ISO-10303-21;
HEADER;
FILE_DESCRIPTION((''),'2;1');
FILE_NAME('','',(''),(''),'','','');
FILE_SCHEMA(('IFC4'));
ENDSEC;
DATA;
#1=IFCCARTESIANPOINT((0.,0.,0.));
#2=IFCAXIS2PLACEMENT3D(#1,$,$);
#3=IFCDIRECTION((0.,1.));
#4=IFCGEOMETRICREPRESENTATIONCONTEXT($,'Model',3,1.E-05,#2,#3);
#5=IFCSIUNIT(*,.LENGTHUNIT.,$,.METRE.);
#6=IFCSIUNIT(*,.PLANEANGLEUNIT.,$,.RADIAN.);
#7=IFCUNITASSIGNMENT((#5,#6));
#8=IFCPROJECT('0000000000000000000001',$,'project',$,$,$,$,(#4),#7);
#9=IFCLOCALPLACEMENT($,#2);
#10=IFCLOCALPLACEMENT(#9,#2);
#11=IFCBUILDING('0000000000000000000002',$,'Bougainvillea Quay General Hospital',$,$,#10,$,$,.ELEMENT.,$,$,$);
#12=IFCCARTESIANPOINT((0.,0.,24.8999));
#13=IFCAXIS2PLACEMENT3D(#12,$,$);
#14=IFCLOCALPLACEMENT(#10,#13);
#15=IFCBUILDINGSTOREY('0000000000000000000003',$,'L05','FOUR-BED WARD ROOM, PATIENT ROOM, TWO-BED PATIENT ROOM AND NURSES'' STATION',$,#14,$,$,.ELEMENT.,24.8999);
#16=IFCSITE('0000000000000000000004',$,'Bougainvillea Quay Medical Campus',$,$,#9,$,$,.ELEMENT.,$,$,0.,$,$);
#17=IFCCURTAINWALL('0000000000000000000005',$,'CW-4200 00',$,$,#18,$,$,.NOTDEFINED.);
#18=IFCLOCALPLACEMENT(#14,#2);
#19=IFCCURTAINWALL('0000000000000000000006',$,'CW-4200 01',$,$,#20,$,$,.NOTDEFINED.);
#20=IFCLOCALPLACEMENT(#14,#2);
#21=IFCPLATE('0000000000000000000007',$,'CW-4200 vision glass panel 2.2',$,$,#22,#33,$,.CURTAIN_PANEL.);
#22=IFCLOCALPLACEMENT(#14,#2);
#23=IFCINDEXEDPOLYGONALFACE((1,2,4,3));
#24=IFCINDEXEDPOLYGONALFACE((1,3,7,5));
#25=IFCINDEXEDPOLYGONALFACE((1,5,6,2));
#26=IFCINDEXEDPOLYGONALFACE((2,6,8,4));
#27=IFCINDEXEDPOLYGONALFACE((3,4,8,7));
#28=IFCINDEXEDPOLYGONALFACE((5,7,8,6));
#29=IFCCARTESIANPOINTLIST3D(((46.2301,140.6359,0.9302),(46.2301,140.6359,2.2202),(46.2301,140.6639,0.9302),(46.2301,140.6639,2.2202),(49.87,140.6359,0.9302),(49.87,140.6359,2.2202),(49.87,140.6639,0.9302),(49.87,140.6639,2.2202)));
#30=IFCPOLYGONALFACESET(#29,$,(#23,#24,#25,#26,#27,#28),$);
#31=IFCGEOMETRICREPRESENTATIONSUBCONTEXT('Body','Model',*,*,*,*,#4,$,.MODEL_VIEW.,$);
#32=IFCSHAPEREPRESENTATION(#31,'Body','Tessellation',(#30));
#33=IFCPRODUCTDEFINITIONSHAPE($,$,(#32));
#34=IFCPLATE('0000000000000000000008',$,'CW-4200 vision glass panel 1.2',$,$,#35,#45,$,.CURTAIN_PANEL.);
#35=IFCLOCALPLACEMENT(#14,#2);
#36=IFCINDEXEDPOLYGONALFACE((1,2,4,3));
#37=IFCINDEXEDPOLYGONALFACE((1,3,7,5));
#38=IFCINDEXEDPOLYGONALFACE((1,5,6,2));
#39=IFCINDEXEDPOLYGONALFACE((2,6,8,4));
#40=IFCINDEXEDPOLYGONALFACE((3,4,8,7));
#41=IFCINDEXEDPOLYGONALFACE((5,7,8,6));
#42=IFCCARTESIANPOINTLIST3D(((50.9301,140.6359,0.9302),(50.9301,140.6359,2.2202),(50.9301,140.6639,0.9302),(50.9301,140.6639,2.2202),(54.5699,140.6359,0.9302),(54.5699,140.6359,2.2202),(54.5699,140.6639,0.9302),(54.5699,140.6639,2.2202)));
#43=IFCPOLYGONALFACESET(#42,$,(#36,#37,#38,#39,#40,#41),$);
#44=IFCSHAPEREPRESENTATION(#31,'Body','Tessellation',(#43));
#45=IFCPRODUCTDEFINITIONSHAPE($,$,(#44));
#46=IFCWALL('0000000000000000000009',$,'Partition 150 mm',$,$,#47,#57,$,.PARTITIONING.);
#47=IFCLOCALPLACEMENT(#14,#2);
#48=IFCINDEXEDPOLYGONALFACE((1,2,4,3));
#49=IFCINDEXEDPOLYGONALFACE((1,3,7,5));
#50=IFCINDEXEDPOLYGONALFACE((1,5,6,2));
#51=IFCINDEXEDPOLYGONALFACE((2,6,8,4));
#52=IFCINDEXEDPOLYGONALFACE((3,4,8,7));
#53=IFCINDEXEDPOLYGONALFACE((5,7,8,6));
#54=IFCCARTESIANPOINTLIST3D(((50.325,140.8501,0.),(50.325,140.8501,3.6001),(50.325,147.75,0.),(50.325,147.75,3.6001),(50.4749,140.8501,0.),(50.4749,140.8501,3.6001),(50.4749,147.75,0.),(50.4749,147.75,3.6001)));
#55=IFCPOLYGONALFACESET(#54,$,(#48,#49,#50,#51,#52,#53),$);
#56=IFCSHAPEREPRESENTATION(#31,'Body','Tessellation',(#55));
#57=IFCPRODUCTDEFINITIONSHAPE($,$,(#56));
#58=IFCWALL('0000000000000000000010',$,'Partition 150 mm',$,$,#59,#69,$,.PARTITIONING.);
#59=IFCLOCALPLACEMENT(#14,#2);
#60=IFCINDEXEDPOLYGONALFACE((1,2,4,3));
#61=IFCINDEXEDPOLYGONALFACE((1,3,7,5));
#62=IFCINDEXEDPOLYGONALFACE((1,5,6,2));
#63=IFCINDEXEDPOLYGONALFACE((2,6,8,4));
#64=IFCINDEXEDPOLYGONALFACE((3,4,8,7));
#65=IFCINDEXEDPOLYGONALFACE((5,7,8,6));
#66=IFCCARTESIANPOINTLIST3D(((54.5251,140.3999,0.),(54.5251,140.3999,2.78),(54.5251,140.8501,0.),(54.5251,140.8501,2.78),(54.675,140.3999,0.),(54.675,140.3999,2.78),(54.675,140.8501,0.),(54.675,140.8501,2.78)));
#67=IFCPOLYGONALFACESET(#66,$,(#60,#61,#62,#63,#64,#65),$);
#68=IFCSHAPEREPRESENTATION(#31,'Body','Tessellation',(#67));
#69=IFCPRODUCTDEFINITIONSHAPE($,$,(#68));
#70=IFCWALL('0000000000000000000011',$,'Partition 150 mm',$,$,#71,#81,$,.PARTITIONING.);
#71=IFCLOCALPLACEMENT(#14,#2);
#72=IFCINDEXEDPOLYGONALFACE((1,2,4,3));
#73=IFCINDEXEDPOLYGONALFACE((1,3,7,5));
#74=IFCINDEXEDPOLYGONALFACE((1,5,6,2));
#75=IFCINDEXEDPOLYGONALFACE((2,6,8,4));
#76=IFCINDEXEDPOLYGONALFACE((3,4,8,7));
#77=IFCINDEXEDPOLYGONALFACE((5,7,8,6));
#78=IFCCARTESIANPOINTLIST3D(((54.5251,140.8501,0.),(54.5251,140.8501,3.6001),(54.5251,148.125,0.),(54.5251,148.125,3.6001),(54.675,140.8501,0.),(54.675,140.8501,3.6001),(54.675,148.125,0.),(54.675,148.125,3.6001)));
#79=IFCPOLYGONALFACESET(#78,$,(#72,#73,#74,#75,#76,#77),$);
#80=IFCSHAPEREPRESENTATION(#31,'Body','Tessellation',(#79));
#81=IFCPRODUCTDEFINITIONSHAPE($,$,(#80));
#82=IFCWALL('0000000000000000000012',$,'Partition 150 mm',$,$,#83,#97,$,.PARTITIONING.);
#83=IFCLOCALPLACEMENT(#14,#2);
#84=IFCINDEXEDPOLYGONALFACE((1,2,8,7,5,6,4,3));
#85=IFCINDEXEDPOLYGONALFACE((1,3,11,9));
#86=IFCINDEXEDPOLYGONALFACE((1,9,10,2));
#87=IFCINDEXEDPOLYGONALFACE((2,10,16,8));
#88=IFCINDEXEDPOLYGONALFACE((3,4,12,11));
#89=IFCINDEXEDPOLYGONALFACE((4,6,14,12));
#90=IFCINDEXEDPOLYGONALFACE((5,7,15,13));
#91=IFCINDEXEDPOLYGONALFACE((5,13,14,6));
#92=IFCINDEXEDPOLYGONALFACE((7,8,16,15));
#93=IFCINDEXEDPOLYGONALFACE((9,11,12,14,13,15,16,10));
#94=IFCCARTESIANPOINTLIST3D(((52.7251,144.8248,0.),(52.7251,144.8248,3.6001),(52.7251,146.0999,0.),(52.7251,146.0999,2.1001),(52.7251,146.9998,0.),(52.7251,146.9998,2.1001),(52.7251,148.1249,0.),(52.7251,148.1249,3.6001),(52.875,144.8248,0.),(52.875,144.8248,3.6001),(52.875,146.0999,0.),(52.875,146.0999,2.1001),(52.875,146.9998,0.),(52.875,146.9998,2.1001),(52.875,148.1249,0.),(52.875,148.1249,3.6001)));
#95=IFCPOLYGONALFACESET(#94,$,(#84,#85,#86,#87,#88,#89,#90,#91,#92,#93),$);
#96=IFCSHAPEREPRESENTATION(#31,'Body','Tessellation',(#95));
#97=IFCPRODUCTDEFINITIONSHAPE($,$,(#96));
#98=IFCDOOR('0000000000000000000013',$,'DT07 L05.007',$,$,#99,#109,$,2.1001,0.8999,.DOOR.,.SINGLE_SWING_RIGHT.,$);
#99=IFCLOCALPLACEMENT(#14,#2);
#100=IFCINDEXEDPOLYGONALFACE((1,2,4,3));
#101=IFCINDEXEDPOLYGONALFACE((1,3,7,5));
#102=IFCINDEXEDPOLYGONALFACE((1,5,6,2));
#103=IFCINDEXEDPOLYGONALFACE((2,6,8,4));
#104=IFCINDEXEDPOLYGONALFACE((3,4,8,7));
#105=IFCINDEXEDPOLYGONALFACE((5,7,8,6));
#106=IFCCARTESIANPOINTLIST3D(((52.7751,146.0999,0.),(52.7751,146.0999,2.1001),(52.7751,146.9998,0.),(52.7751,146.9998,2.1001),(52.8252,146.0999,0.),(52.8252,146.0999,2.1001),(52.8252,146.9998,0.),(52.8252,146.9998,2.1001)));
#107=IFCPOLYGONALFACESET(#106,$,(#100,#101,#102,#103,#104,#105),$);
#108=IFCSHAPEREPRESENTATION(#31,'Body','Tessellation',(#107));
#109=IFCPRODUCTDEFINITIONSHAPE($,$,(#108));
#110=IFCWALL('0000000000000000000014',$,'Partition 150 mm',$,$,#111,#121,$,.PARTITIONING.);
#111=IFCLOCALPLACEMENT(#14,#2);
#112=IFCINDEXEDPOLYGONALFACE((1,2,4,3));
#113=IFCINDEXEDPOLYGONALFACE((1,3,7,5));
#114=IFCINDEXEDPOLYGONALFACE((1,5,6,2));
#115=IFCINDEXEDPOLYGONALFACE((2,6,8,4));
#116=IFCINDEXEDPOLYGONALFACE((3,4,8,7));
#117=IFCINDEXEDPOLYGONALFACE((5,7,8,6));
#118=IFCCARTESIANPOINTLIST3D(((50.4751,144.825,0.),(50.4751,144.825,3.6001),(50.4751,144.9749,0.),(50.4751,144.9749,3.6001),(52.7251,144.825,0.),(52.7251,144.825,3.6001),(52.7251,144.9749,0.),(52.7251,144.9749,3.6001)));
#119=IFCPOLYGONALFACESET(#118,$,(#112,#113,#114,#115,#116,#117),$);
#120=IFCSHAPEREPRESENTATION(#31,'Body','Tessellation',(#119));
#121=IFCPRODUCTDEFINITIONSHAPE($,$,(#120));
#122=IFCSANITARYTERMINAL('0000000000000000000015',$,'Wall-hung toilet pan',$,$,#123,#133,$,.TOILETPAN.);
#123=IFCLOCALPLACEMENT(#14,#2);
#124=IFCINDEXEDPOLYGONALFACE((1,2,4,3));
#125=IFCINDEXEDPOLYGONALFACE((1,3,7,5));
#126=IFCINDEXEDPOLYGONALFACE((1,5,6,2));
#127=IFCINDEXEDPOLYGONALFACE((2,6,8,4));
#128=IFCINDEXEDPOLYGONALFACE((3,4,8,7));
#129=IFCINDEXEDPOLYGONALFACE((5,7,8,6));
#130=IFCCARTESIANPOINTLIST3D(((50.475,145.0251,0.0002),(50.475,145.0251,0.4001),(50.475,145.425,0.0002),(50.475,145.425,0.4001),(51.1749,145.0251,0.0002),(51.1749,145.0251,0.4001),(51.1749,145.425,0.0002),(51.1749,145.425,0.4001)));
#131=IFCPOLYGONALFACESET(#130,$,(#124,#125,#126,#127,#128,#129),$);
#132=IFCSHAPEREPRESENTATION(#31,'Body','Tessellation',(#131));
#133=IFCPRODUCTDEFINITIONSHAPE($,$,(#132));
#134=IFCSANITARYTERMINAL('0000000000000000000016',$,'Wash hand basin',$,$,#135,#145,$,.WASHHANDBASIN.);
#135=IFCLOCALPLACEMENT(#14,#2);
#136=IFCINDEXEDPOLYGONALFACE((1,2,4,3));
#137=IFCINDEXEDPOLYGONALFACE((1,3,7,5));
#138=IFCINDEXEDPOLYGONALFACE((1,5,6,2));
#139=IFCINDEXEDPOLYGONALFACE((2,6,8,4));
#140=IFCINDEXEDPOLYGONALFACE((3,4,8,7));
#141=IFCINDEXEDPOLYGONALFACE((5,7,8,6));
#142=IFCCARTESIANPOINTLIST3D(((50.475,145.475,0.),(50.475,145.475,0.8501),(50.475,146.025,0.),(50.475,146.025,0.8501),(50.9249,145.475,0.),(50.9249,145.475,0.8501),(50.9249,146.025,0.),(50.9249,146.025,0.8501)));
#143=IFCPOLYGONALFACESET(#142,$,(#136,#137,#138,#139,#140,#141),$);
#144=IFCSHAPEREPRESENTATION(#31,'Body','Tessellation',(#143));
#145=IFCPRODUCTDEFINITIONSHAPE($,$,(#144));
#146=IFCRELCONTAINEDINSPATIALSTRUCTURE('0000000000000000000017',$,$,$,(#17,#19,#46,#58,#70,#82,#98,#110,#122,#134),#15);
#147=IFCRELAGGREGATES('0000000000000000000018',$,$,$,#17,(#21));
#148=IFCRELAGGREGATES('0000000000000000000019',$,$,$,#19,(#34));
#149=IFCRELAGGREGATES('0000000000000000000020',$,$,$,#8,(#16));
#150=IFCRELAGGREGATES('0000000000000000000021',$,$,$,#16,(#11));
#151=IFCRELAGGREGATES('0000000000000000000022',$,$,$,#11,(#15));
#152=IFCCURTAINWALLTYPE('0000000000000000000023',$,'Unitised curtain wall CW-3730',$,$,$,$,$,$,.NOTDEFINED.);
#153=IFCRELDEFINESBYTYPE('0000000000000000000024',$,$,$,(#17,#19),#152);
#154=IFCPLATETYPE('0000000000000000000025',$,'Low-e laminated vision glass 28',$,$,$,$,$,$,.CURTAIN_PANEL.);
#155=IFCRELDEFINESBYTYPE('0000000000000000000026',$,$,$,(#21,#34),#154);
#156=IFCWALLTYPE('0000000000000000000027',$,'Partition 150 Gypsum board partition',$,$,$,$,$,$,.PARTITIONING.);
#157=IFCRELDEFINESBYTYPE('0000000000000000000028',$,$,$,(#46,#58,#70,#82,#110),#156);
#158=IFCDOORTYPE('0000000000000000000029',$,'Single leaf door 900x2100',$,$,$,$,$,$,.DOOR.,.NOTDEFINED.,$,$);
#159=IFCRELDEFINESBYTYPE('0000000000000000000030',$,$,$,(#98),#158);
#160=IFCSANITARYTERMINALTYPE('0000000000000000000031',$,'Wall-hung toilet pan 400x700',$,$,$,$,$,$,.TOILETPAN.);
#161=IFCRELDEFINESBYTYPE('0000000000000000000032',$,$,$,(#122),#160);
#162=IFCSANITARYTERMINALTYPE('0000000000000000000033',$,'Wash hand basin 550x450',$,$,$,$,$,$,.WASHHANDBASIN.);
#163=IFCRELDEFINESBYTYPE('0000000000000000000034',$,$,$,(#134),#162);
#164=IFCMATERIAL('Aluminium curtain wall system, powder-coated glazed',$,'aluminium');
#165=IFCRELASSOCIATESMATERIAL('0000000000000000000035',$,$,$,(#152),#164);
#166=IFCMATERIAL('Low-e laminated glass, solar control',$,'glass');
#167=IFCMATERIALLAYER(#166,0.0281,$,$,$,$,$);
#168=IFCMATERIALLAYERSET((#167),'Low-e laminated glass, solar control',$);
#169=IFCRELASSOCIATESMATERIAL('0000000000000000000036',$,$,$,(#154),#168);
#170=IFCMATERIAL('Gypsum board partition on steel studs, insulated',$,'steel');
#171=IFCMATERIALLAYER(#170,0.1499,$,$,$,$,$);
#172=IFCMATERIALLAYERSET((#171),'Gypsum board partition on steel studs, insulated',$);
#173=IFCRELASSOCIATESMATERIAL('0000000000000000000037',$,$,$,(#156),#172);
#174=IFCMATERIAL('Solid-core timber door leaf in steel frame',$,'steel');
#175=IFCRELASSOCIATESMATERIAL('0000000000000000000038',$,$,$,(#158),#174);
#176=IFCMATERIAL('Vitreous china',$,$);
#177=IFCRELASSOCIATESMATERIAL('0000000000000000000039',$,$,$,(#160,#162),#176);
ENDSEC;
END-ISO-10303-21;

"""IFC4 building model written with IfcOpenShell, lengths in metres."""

from ifc_helpers import new_model, si_unit, direction, frame, frame_2d, origin, origin_2d, place, context, subcontext, project, spatial, rectangle, extrude, material, layer, layer_set, type_object, element, fill, aggregate, save


model = new_model("IFC4")

# Units and contexts
model_context = context("Model", 3, precision=1e-05, world=origin(), true_north=direction((0.0, 1.0)))
body_context = subcontext(model_context, "Body", "Model", "MODEL_VIEW")
ifc_project = project(units=[si_unit("LENGTHUNIT", "METRE"), si_unit("PLANEANGLEUNIT", "RADIAN")], contexts=[model_context])

# Site, building, storey
site_placement = place(None, origin())
site = spatial("IfcSite", under=ifc_project, at=site_placement, Name="Bougainvillea Quay Medical Campus", CompositionType="ELEMENT", RefElevation=0.0)
building_placement = place(site_placement, origin())
building = spatial("IfcBuilding", under=site, at=building_placement, Name="Bougainvillea Quay General Hospital", CompositionType="ELEMENT")
storey_placement = place(building_placement, frame((0.0, 0.0, 24.8999)))
storey = spatial("IfcBuildingStorey", under=building, at=storey_placement, Name="L05", Description="FOUR-BED WARD ROOM, PATIENT ROOM, TWO-BED PATIENT ROOM AND NURSES' STATION", CompositionType="ELEMENT", Elevation=24.8999)

# Curtain wall
ifc_material_1 = material(Name="Aluminium curtain wall system, powder-coated glazed", Category="aluminium")
curtain_wall_type = type_object("IfcCurtainWallType", Name="Unitised curtain wall CW-3730", PredefinedType="NOTDEFINED", material=ifc_material_1)
curtain_wall_1_placement = place(storey_placement, origin())
curtain_wall_1 = element("IfcCurtainWall", 1, at=curtain_wall_1_placement, inside=storey, type_object=curtain_wall_type, Name="CW-4200 00", PredefinedType="NOTDEFINED")

# Curtain wall
curtain_wall_2_placement = place(storey_placement, origin())
curtain_wall_2 = element("IfcCurtainWall", 2, at=curtain_wall_2_placement, inside=storey, type_object=curtain_wall_type, Name="CW-4200 01", PredefinedType="NOTDEFINED")

# Plates
ifc_material_2 = material(Name="Low-e laminated glass, solar control", Category="glass")
ifc_layer_1 = layer(ifc_material_2, 0.0281)
ifc_layer_set_1 = layer_set([ifc_layer_1], Name="Low-e laminated glass, solar control")
plate_type_1 = type_object("IfcPlateType", Name="Low-e laminated vision glass 28", PredefinedType="CURTAIN_PANEL", material=ifc_layer_set_1)
plate_1_placement = place(storey_placement, frame((48.05, 140.6499, 0.9302), z_axis=(0.0, 0.0, 1.0), x_axis=(1.0, 0.0, 0.0)))
plate_1 = element("IfcPlate", 3, at=plate_1_placement, type_object=plate_type_1, Name="CW-4200 vision glass panel 2.2", PredefinedType="CURTAIN_PANEL", context=body_context, shape_type="SweptSolid", body=[
    extrude(rectangle(XDim=3.6399, YDim=0.0281, at=origin_2d()), origin(), (0.0, 0.0, 1.0), 1.29),
])
aggregate(curtain_wall_1, [plate_1])
plate_2_placement = place(storey_placement, frame((52.75, 140.6499, 0.9302), z_axis=(0.0, 0.0, 1.0), x_axis=(1.0, 0.0, 0.0)))
plate_2 = element("IfcPlate", 4, at=plate_2_placement, type_object=plate_type_1, Name="CW-4200 vision glass panel 1.2", PredefinedType="CURTAIN_PANEL", context=body_context, shape_type="SweptSolid", body=[
    extrude(rectangle(XDim=3.6399, YDim=0.0281, at=origin_2d()), origin(), (0.0, 0.0, 1.0), 1.29),
])
aggregate(curtain_wall_2, [plate_2])

# Walls
ifc_material_3 = material(Name="Gypsum board partition on steel studs, insulated", Category="steel")
ifc_layer_2 = layer(ifc_material_3, 0.1499)
ifc_layer_set_2 = layer_set([ifc_layer_2], Name="Gypsum board partition on steel studs, insulated")
wall_type = type_object("IfcWallType", Name="Partition 150 Gypsum board partition", PredefinedType="PARTITIONING", material=ifc_layer_set_2)
wall_1_placement = place(storey_placement, frame((50.3999, 140.8501, 0.0), z_axis=(0.0, 0.0, 1.0), x_axis=(0.0, 1.0, 0.0)))
element("IfcWall", 5, at=wall_1_placement, inside=storey, type_object=wall_type, Name="Partition 150 mm", PredefinedType="PARTITIONING", context=body_context, shape_type="SweptSolid", body=[
    extrude(rectangle(XDim=6.8999, YDim=0.1499, at=frame_2d((3.45, 0.0))), origin(), (0.0, 0.0, 1.0), 3.6001),
])
wall_2_placement = place(storey_placement, frame((54.6001, 140.3999, 0.0), z_axis=(0.0, 0.0, 1.0), x_axis=(0.0, 1.0, 0.0)))
element("IfcWall", 6, at=wall_2_placement, inside=storey, type_object=wall_type, Name="Partition 150 mm", PredefinedType="PARTITIONING", context=body_context, shape_type="SweptSolid", body=[
    extrude(rectangle(XDim=0.4502, YDim=0.1499, at=frame_2d((0.2251, 0.0))), origin(), (0.0, 0.0, 1.0), 2.78),
])
wall_3_placement = place(storey_placement, frame((54.6001, 140.8501, 0.0), z_axis=(0.0, 0.0, 1.0), x_axis=(0.0, 1.0, 0.0)))
element("IfcWall", 7, at=wall_3_placement, inside=storey, type_object=wall_type, Name="Partition 150 mm", PredefinedType="PARTITIONING", context=body_context, shape_type="SweptSolid", body=[
    extrude(rectangle(XDim=7.2749, YDim=0.1499, at=frame_2d((3.6375, 0.0))), origin(), (0.0, 0.0, 1.0), 3.6001),
])

# Wall, opening, door
wall_4_placement = place(storey_placement, frame((52.8, 144.825, 0.0), z_axis=(0.0, 0.0, 1.0), x_axis=(0.0, 1.0, 0.0)))
wall_4 = element("IfcWall", 8, at=wall_4_placement, inside=storey, type_object=wall_type, Name="Partition 150 mm", PredefinedType="PARTITIONING", context=body_context, shape_type="SweptSolid", body=[
    extrude(rectangle(XDim=3.3, YDim=0.1499, at=frame_2d((1.6499, 0.0))), origin(), (0.0, 0.0, 1.0), 3.6001),
])
opening_placement = place(wall_4_placement, frame((1.2749, 0.0, 0.0)))
opening = element("IfcOpeningElement", 9, at=opening_placement, cuts=wall_4, PredefinedType="OPENING", context=body_context, shape_type="SweptSolid", body=[
    extrude(rectangle(XDim=0.8999, YDim=2.1001, at=frame_2d((0.45, 1.05))), frame((0.0, 0.085, 0.0), z_axis=(0.0, -1.0, 0.0), x_axis=(1.0, 0.0, 0.0)), (0.0, 0.0, 1.0), 0.1699),
])
ifc_material_4 = material(Name="Solid-core timber door leaf in steel frame", Category="steel")
door_type = type_object("IfcDoorType", Name="Single leaf door 900x2100", OperationType="NOTDEFINED", PredefinedType="DOOR", material=ifc_material_4)
door_placement = place(opening_placement, origin())
door = element("IfcDoor", 10, at=door_placement, inside=storey, type_object=door_type, Name="DT07 L05.007", OperationType="SINGLE_SWING_RIGHT", OverallHeight=2.1001, OverallWidth=0.8999, PredefinedType="DOOR", context=body_context, shape_type="SweptSolid", body=[
    extrude(rectangle(XDim=0.8999, YDim=2.1001, at=frame_2d((0.45, 1.05))), frame((0.0, 0.0249, 0.0), z_axis=(0.0, -1.0, 0.0), x_axis=(1.0, 0.0, 0.0)), (0.0, 0.0, 1.0), 0.05),
])
fill(opening, door)

# Wall
wall_5_placement = place(storey_placement, frame((50.4751, 144.8999, 0.0), z_axis=(0.0, 0.0, 1.0), x_axis=(1.0, 0.0, 0.0)))
element("IfcWall", 11, at=wall_5_placement, inside=storey, type_object=wall_type, Name="Partition 150 mm", PredefinedType="PARTITIONING", context=body_context, shape_type="SweptSolid", body=[
    extrude(rectangle(XDim=2.25, YDim=0.1499, at=frame_2d((1.125, 0.0))), origin(), (0.0, 0.0, 1.0), 3.6001),
])

# Sanitary terminals
ifc_material_5 = material(Name="Vitreous china")
sanitary_terminal_type_1 = type_object("IfcSanitaryTerminalType", Name="Wall-hung toilet pan 400x700", PredefinedType="TOILETPAN", material=ifc_material_5)
sanitary_terminal_1_placement = place(storey_placement, frame((50.825, 145.2251, 0.0002), z_axis=(0.0, 0.0, 1.0), x_axis=(0.0, 1.0, 0.0)))
element("IfcSanitaryTerminal", 12, at=sanitary_terminal_1_placement, inside=storey, type_object=sanitary_terminal_type_1, Name="Wall-hung toilet pan", PredefinedType="TOILETPAN", context=body_context, shape_type="SweptSolid", body=[
    extrude(rectangle(XDim=0.3999, YDim=0.7, at=origin_2d()), origin(), (0.0, 0.0, 1.0), 0.3999),
])
sanitary_terminal_type_2 = type_object("IfcSanitaryTerminalType", Name="Wash hand basin 550x450", PredefinedType="WASHHANDBASIN", material=ifc_material_5)
sanitary_terminal_2_placement = place(storey_placement, frame((50.7, 145.75, 0.0), z_axis=(0.0, 0.0, 1.0), x_axis=(0.0, 1.0, 0.0)))
element("IfcSanitaryTerminal", 13, at=sanitary_terminal_2_placement, inside=storey, type_object=sanitary_terminal_type_2, Name="Wash hand basin", PredefinedType="WASHHANDBASIN", context=body_context, shape_type="SweptSolid", body=[
    extrude(rectangle(XDim=0.55, YDim=0.45, at=origin_2d()), origin(), (0.0, 0.0, 1.0), 0.8501),
])

save(model, "model.ifc")
